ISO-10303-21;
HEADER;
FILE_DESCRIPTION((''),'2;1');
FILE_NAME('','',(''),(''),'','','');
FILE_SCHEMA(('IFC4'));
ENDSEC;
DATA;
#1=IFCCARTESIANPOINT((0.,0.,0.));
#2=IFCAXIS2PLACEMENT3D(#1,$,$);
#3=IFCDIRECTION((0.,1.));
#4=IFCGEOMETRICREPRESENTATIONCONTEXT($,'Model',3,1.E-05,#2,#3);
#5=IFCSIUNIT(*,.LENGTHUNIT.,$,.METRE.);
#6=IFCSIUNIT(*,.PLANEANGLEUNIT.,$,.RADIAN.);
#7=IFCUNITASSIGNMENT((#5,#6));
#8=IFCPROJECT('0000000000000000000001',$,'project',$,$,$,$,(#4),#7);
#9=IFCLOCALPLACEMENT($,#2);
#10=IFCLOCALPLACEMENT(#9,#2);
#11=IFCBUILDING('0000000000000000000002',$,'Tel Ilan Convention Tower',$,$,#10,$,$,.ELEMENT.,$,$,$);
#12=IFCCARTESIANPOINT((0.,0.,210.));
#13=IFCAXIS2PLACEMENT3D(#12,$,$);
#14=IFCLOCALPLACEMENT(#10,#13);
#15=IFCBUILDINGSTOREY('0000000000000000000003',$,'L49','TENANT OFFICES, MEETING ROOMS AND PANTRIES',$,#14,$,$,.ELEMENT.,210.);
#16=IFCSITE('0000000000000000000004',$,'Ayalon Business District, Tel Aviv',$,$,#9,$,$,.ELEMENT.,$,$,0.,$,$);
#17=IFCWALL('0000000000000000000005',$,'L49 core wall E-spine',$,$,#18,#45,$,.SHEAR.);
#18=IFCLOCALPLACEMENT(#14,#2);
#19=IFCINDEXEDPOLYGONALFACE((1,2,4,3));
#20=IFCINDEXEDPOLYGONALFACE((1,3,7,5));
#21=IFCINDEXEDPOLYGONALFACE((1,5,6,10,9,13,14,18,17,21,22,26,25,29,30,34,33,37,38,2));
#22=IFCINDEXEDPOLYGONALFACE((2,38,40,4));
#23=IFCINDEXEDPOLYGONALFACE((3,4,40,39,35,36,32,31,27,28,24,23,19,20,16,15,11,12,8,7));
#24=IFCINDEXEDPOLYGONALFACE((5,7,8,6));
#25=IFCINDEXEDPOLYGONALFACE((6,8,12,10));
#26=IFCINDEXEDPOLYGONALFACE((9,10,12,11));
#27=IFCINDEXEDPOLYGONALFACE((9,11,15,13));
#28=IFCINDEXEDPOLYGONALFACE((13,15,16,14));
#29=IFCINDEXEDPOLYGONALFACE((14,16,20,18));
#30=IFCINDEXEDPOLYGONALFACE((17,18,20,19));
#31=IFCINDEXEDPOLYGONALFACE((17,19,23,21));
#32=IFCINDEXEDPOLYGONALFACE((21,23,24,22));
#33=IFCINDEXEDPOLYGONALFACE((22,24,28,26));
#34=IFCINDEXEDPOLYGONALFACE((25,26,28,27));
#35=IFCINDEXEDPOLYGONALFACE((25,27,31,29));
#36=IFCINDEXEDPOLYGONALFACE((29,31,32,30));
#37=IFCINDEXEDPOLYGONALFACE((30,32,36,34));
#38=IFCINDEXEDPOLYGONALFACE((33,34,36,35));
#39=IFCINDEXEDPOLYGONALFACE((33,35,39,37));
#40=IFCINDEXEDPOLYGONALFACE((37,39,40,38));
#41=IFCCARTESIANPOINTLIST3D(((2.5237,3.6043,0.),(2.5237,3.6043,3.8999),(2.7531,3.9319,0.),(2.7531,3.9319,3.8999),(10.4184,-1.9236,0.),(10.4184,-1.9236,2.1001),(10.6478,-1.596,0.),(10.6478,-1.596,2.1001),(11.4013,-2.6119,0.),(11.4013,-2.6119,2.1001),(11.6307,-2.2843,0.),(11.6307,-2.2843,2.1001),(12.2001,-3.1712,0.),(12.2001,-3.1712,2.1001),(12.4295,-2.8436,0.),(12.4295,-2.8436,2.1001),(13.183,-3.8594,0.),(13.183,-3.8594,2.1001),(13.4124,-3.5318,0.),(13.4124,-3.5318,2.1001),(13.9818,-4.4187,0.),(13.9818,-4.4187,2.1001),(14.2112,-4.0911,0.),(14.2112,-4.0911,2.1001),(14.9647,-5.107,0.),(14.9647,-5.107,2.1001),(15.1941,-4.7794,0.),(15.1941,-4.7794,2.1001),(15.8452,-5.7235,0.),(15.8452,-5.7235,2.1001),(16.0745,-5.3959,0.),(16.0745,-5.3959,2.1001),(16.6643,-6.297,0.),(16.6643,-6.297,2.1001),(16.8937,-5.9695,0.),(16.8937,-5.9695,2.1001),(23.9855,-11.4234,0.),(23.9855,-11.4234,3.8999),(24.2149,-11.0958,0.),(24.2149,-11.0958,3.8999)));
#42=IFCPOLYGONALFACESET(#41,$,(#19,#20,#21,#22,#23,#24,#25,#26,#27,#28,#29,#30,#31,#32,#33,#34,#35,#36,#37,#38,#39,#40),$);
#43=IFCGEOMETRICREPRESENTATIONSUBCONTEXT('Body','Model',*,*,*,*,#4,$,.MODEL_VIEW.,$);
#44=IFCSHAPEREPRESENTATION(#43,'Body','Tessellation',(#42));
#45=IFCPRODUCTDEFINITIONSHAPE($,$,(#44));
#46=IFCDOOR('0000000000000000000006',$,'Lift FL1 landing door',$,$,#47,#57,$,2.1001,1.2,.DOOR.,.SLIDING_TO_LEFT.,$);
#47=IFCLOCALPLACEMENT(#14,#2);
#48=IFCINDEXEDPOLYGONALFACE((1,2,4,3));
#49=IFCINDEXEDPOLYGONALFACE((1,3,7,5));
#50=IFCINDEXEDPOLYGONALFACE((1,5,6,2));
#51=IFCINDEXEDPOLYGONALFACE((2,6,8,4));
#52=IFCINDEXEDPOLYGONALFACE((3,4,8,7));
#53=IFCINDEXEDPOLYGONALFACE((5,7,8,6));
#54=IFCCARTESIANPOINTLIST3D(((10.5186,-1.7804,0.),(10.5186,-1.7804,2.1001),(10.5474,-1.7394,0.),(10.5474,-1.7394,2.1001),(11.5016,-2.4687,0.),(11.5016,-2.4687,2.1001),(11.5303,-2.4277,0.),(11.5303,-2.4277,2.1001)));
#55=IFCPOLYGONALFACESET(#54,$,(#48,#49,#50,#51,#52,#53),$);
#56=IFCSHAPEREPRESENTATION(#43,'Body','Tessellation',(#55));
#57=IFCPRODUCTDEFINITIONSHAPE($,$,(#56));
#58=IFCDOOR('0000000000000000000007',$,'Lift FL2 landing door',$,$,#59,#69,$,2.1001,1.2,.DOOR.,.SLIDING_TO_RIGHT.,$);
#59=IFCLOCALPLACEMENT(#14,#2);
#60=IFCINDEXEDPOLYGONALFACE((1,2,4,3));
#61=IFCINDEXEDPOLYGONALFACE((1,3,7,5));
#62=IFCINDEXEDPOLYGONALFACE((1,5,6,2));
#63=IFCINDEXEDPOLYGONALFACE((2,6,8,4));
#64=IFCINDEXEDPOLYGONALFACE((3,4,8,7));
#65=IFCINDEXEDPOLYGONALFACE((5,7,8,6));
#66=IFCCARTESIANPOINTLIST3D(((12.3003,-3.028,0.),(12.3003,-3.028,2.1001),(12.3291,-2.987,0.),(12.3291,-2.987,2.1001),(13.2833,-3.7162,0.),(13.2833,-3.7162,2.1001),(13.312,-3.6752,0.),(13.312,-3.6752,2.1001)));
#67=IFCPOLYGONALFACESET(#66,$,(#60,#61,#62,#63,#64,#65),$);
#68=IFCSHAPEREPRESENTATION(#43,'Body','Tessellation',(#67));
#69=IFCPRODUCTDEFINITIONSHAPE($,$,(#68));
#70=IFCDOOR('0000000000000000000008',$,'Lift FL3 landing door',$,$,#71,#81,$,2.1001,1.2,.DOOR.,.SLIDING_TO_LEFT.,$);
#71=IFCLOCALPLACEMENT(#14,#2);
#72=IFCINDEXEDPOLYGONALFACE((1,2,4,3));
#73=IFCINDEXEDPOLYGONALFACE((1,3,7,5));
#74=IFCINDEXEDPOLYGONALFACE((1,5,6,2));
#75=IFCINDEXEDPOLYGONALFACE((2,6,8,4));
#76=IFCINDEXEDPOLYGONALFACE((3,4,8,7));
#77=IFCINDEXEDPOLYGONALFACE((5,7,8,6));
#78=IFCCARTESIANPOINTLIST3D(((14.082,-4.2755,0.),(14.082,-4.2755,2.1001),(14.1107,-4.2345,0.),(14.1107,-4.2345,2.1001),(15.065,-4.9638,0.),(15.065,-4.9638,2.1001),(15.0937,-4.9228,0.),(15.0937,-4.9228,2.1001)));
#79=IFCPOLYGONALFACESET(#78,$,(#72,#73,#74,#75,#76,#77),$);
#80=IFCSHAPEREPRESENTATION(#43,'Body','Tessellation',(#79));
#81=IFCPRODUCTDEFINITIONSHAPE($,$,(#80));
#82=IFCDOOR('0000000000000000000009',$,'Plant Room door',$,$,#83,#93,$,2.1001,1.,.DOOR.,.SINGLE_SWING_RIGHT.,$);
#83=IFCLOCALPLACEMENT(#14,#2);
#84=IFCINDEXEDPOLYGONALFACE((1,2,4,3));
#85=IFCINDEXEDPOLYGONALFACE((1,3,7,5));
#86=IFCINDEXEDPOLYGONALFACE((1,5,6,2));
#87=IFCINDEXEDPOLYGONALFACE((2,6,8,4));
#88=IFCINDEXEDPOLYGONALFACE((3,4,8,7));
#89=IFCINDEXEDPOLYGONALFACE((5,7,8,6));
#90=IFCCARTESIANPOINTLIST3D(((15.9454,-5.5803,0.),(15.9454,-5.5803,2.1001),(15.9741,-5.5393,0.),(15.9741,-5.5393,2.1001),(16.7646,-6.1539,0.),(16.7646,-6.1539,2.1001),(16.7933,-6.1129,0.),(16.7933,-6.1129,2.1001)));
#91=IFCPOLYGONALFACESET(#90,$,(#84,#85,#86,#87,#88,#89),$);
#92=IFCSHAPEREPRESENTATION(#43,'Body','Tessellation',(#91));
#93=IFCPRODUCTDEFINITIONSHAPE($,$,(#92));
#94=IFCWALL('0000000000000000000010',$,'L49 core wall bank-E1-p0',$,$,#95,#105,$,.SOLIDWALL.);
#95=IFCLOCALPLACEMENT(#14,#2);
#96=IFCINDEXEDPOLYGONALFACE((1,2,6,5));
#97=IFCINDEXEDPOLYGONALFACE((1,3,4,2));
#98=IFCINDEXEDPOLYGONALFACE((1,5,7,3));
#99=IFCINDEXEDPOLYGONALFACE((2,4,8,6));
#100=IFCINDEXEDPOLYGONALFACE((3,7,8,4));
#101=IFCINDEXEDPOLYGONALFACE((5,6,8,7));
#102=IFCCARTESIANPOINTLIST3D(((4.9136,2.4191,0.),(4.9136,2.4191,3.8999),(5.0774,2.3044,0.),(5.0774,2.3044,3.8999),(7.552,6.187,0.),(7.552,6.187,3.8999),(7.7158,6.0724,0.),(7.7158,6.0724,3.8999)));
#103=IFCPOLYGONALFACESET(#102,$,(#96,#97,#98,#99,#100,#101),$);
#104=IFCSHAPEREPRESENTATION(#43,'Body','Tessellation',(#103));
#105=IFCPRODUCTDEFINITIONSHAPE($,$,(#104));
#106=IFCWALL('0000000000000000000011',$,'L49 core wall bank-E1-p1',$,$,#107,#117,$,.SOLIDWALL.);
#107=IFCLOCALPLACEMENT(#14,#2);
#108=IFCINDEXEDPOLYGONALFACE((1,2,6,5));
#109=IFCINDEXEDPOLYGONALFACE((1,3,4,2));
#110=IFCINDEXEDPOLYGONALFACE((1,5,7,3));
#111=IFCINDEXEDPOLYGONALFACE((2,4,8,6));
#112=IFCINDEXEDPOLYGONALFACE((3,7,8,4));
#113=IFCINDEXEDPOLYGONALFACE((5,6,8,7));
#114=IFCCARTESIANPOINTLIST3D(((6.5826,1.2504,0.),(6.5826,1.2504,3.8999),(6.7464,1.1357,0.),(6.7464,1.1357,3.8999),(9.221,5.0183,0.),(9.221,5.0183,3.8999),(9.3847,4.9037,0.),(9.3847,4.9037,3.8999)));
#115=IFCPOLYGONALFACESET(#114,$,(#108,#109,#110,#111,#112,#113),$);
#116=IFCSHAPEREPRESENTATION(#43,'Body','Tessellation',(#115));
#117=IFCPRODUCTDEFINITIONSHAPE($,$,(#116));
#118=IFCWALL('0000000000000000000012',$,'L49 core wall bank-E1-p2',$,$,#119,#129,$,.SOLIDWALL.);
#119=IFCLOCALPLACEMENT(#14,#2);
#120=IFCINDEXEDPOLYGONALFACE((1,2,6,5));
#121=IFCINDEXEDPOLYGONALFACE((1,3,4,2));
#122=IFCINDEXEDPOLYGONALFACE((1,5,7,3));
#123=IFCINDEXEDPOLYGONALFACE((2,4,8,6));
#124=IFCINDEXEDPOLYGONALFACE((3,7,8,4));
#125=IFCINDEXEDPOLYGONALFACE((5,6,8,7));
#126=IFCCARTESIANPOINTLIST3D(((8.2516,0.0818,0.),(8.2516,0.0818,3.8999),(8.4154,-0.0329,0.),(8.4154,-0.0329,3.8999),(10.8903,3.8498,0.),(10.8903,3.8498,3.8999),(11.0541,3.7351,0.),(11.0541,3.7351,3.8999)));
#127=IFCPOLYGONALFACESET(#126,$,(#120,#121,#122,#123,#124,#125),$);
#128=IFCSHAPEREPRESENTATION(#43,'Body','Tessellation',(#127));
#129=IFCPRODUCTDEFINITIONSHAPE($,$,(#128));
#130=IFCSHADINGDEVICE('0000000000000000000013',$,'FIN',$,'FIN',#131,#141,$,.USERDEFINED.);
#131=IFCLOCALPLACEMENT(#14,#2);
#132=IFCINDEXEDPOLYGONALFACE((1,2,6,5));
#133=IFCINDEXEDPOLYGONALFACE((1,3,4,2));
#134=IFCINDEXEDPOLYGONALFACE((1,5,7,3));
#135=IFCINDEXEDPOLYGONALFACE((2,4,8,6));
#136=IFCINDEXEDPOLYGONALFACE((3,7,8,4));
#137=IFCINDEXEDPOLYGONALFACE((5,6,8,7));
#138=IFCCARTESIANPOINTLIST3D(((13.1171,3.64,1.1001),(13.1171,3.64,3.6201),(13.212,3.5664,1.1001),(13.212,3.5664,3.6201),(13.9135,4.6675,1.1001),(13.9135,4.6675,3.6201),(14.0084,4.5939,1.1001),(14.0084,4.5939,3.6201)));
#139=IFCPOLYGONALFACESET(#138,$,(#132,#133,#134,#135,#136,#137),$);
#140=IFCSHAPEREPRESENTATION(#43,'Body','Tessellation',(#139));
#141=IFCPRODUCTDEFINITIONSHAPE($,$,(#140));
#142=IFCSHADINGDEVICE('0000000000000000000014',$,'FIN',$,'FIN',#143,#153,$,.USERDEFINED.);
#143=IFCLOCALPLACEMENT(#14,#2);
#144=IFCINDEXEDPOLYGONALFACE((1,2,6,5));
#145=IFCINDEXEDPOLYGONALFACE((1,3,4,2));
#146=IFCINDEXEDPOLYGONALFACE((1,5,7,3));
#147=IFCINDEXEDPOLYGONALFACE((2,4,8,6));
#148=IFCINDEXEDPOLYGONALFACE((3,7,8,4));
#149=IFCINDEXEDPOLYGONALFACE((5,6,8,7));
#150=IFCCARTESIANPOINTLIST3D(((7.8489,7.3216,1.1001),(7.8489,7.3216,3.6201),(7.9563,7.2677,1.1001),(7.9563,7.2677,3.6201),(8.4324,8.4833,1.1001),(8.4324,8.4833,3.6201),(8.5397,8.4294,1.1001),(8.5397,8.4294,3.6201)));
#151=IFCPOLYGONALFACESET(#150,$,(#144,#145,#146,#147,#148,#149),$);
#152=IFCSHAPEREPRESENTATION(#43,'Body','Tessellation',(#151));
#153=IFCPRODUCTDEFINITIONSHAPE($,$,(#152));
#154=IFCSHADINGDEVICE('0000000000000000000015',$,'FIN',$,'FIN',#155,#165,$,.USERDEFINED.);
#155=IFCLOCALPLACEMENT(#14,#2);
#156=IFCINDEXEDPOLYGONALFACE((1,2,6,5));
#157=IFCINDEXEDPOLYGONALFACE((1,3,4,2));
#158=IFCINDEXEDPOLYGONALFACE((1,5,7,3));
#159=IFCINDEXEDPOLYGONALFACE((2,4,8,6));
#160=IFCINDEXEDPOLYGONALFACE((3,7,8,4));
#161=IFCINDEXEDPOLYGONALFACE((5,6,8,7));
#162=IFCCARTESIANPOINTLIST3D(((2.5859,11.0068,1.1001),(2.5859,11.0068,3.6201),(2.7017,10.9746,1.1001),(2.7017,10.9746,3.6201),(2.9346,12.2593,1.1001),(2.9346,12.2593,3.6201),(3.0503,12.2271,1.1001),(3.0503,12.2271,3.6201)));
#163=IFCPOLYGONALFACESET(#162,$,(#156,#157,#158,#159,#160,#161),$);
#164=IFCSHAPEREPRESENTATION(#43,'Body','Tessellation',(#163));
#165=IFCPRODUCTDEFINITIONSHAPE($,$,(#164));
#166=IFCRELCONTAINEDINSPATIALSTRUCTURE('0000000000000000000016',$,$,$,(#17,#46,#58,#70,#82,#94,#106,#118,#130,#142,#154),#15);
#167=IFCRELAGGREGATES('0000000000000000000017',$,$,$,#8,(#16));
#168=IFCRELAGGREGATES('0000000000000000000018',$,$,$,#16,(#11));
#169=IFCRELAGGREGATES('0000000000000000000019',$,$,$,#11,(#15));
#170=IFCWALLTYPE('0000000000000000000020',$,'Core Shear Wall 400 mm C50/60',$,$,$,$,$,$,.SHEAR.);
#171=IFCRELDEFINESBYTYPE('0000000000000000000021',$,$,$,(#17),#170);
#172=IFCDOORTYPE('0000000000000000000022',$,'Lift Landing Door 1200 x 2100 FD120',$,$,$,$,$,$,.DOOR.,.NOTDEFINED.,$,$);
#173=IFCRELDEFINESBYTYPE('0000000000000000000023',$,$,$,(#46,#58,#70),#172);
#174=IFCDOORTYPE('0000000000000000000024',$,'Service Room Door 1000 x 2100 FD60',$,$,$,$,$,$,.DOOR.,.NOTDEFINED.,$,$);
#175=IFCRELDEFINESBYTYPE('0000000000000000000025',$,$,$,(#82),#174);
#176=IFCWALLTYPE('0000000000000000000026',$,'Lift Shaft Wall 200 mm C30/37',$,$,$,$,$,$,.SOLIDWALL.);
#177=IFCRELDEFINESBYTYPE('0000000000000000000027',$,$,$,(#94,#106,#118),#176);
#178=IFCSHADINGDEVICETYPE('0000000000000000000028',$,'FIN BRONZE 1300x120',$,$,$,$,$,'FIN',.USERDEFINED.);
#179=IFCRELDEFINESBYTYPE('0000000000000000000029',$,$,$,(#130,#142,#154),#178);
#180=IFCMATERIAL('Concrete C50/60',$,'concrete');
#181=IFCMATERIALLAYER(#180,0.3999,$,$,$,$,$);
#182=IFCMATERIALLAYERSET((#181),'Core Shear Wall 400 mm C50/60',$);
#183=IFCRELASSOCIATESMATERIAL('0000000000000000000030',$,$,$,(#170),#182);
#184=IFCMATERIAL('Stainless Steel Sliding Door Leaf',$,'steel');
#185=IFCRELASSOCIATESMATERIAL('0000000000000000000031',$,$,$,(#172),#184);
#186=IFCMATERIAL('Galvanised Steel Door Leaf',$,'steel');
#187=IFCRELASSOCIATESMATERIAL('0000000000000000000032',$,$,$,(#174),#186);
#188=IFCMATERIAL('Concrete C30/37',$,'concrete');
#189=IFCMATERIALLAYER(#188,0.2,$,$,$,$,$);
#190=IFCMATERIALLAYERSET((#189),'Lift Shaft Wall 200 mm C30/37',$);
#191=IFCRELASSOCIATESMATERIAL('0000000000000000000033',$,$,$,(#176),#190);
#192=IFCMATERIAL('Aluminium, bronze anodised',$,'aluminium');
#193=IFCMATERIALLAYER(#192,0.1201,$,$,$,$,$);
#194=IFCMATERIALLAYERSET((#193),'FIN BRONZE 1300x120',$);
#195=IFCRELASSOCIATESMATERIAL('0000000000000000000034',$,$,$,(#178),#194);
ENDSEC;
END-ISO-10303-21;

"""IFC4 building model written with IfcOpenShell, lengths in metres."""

from ifc_helpers import new_model, si_unit, direction, frame, frame_2d, origin, origin_2d, place, context, subcontext, project, spatial, polyline, rectangle, outline, extrude, material, layer, layer_set, type_object, element, fill, save


model = new_model("IFC4")

# Units and contexts
model_context = context("Model", 3, precision=1e-05, world=origin(), true_north=direction((0.0, 1.0)))
body_context = subcontext(model_context, "Body", "Model", "MODEL_VIEW")
ifc_project = project(units=[si_unit("LENGTHUNIT", "METRE"), si_unit("PLANEANGLEUNIT", "RADIAN")], contexts=[model_context])

# Site, building, storey
site_placement = place(None, origin())
site = spatial("IfcSite", under=ifc_project, at=site_placement, Name="Ayalon Business District, Tel Aviv", CompositionType="ELEMENT", RefElevation=0.0)
building_placement = place(site_placement, origin())
building = spatial("IfcBuilding", under=site, at=building_placement, Name="Tel Ilan Convention Tower", CompositionType="ELEMENT")
storey_placement = place(building_placement, frame((0.0, 0.0, 210.0)))
storey = spatial("IfcBuildingStorey", under=building, at=storey_placement, Name="L49", Description="TENANT OFFICES, MEETING ROOMS AND PANTRIES", CompositionType="ELEMENT", Elevation=210.0)

# Wall, openings, doors
ifc_material_1 = material(Name="Concrete C50/60", Category="concrete")
ifc_layer_1 = layer(ifc_material_1, 0.3999)
ifc_layer_set_1 = layer_set([ifc_layer_1], Name="Core Shear Wall 400 mm C50/60")
wall_type_1 = type_object("IfcWallType", Name="Core Shear Wall 400 mm C50/60", PredefinedType="SHEAR", material=ifc_layer_set_1)
wall_1_placement = place(storey_placement, frame((2.6384, 3.7681, 0.0), z_axis=(0.0, 0.0, 1.0), x_axis=(0.819153, -0.573576, 0.0)))
wall_1 = element("IfcWall", 1, at=wall_1_placement, inside=storey, type_object=wall_type_1, Name="L49 core wall E-spine", PredefinedType="SHEAR", context=body_context, shape_type="SweptSolid", body=[
    extrude(outline(polyline([(0.0, 0.2), (0.0, -0.2), (26.2, -0.2), (26.2, 0.2), (0.0, 0.2)])), origin(), (0.0, 0.0, 1.0), 3.8999),
])
opening_1_placement = place(wall_1_placement, frame((9.6375, 0.0, 0.0)))
opening_1 = element("IfcOpeningElement", 2, at=opening_1_placement, cuts=wall_1, PredefinedType="OPENING", context=body_context, shape_type="SweptSolid", body=[
    extrude(rectangle(XDim=1.2, YDim=2.1001, at=frame_2d((0.6001, 1.05))), frame((0.0, 0.21, 0.0), z_axis=(0.0, -1.0, 0.0), x_axis=(1.0, 0.0, 0.0)), (0.0, 0.0, 1.0), 0.4199),
])
opening_2_placement = place(wall_1_placement, frame((11.8125, 0.0, 0.0)))
opening_2 = element("IfcOpeningElement", 3, at=opening_2_placement, cuts=wall_1, PredefinedType="OPENING", context=body_context, shape_type="SweptSolid", body=[
    extrude(rectangle(XDim=1.2, YDim=2.1001, at=frame_2d((0.6001, 1.05))), frame((0.0, 0.21, 0.0), z_axis=(0.0, -1.0, 0.0), x_axis=(1.0, 0.0, 0.0)), (0.0, 0.0, 1.0), 0.4199),
])
opening_3_placement = place(wall_1_placement, frame((13.9875, 0.0, 0.0)))
opening_3 = element("IfcOpeningElement", 4, at=opening_3_placement, cuts=wall_1, PredefinedType="OPENING", context=body_context, shape_type="SweptSolid", body=[
    extrude(rectangle(XDim=1.2, YDim=2.1001, at=frame_2d((0.6001, 1.05))), frame((0.0, 0.21, 0.0), z_axis=(0.0, -1.0, 0.0), x_axis=(1.0, 0.0, 0.0)), (0.0, 0.0, 1.0), 0.4199),
])
opening_4_placement = place(wall_1_placement, frame((16.2625, 0.0, 0.0)))
opening_4 = element("IfcOpeningElement", 5, at=opening_4_placement, cuts=wall_1, PredefinedType="OPENING", context=body_context, shape_type="SweptSolid", body=[
    extrude(rectangle(XDim=1.0, YDim=2.1001, at=frame_2d((0.5, 1.05))), frame((0.0, 0.21, 0.0), z_axis=(0.0, -1.0, 0.0), x_axis=(1.0, 0.0, 0.0)), (0.0, 0.0, 1.0), 0.4199),
])
ifc_material_2 = material(Name="Stainless Steel Sliding Door Leaf", Category="steel")
door_type_1 = type_object("IfcDoorType", Name="Lift Landing Door 1200 x 2100 FD120", OperationType="NOTDEFINED", PredefinedType="DOOR", material=ifc_material_2)
door_1_placement = place(opening_1_placement, origin())
door_1 = element("IfcDoor", 6, at=door_1_placement, inside=storey, type_object=door_type_1, Name="Lift FL1 landing door", OperationType="SLIDING_TO_LEFT", OverallHeight=2.1001, OverallWidth=1.2, PredefinedType="DOOR", context=body_context, shape_type="SweptSolid", body=[
    extrude(rectangle(XDim=1.2, YDim=2.1001, at=frame_2d((0.6001, 1.05))), frame((0.0, 0.0249, 0.0), z_axis=(0.0, -1.0, 0.0), x_axis=(1.0, 0.0, 0.0)), (0.0, 0.0, 1.0), 0.05),
])
fill(opening_1, door_1)
door_2_placement = place(opening_2_placement, origin())
door_2 = element("IfcDoor", 7, at=door_2_placement, inside=storey, type_object=door_type_1, Name="Lift FL2 landing door", OperationType="SLIDING_TO_RIGHT", OverallHeight=2.1001, OverallWidth=1.2, PredefinedType="DOOR", context=body_context, shape_type="SweptSolid", body=[
    extrude(rectangle(XDim=1.2, YDim=2.1001, at=frame_2d((0.6001, 1.05))), frame((0.0, 0.0249, 0.0), z_axis=(0.0, -1.0, 0.0), x_axis=(1.0, 0.0, 0.0)), (0.0, 0.0, 1.0), 0.05),
])
fill(opening_2, door_2)
door_3_placement = place(opening_3_placement, origin())
door_3 = element("IfcDoor", 8, at=door_3_placement, inside=storey, type_object=door_type_1, Name="Lift FL3 landing door", OperationType="SLIDING_TO_LEFT", OverallHeight=2.1001, OverallWidth=1.2, PredefinedType="DOOR", context=body_context, shape_type="SweptSolid", body=[
    extrude(rectangle(XDim=1.2, YDim=2.1001, at=frame_2d((0.6001, 1.05))), frame((0.0, 0.0249, 0.0), z_axis=(0.0, -1.0, 0.0), x_axis=(1.0, 0.0, 0.0)), (0.0, 0.0, 1.0), 0.05),
])
fill(opening_3, door_3)
ifc_material_3 = material(Name="Galvanised Steel Door Leaf", Category="steel")
door_type_2 = type_object("IfcDoorType", Name="Service Room Door 1000 x 2100 FD60", OperationType="NOTDEFINED", PredefinedType="DOOR", material=ifc_material_3)
door_4_placement = place(opening_4_placement, origin())
door_4 = element("IfcDoor", 9, at=door_4_placement, inside=storey, type_object=door_type_2, Name="Plant Room door", OperationType="SINGLE_SWING_RIGHT", OverallHeight=2.1001, OverallWidth=1.0, PredefinedType="DOOR", context=body_context, shape_type="SweptSolid", body=[
    extrude(rectangle(XDim=1.0, YDim=2.1001, at=frame_2d((0.5, 1.05))), frame((0.0, 0.0249, 0.0), z_axis=(0.0, -1.0, 0.0), x_axis=(1.0, 0.0, 0.0)), (0.0, 0.0, 1.0), 0.05),
])
fill(opening_4, door_4)

# Walls
ifc_material_4 = material(Name="Concrete C30/37", Category="concrete")
ifc_layer_2 = layer(ifc_material_4, 0.2)
ifc_layer_set_2 = layer_set([ifc_layer_2], Name="Lift Shaft Wall 200 mm C30/37")
wall_type_2 = type_object("IfcWallType", Name="Lift Shaft Wall 200 mm C30/37", PredefinedType="SOLIDWALL", material=ifc_layer_set_2)
for number, where, z_axis, x_axis, name in (
    (10, (4.9956, 2.3618, 0.0), (0.0, 0.0, 1.0), (0.573576, 0.819152, 0.0), "L49 core wall bank-E1-p0"),
    (11, (6.6646, 1.1931, 0.0), (0.0, 0.0, 1.0), (0.573576, 0.819152, 0.0), "L49 core wall bank-E1-p1"),
):
    element("IfcWall", number, at=place(storey_placement, frame(where, z_axis=z_axis, x_axis=x_axis)), inside=storey, type_object=wall_type_2, Name=name, PredefinedType="SOLIDWALL", context=body_context, shape_type="SweptSolid", body=[
        extrude(rectangle(XDim=4.5999, YDim=0.2, at=frame_2d((2.2998, 0.0))), origin(), (0.0, 0.0, 1.0), 3.8999),
    ])
wall_2_placement = place(storey_placement, frame((8.3335, 0.0244, 0.0), z_axis=(0.0, 0.0, 1.0), x_axis=(0.573612, 0.819127, 0.0)))
element("IfcWall", 12, at=wall_2_placement, inside=storey, type_object=wall_type_2, Name="L49 core wall bank-E1-p2", PredefinedType="SOLIDWALL", context=body_context, shape_type="SweptSolid", body=[
    extrude(rectangle(XDim=4.6001, YDim=0.2, at=frame_2d((2.3, 0.0))), origin(), (0.0, 0.0, 1.0), 3.8999),
])

# Shading devices
ifc_material_5 = material(Name="Aluminium, bronze anodised", Category="aluminium")
ifc_layer_3 = layer(ifc_material_5, 0.1201)
ifc_layer_set_3 = layer_set([ifc_layer_3], Name="FIN BRONZE 1300x120")
shading_device_type = type_object("IfcShadingDeviceType", Name="FIN BRONZE 1300x120", ElementType="FIN", PredefinedType="USERDEFINED", material=ifc_layer_set_3)
for number, where, z_axis, x_axis, name in (
    (13, (13.5627, 4.1169, 1.1001), (0.0, 0.0, 1.0), (0.612601, 0.790393, 0.0), "FIN"),
    (14, (8.1943, 7.8755, 1.1001), (0.0, 0.0, 1.0), (0.448799, 0.893633, 0.0), "FIN"),
    (15, (2.8181, 11.6169, 1.1001), (0.0, 0.0, 1.0), (0.268173, 0.963371, 0.0), "FIN"),
):
    element("IfcShadingDevice", number, at=place(storey_placement, frame(where, z_axis=z_axis, x_axis=x_axis)), inside=storey, type_object=shading_device_type, Name=name, ObjectType="FIN", PredefinedType="USERDEFINED", context=body_context, shape_type="SweptSolid", body=[
        extrude(rectangle(XDim=1.3, YDim=0.1201, at=origin_2d()), origin(), (0.0, 0.0, 1.0), 2.52),
    ])

save(model, "model.ifc")
